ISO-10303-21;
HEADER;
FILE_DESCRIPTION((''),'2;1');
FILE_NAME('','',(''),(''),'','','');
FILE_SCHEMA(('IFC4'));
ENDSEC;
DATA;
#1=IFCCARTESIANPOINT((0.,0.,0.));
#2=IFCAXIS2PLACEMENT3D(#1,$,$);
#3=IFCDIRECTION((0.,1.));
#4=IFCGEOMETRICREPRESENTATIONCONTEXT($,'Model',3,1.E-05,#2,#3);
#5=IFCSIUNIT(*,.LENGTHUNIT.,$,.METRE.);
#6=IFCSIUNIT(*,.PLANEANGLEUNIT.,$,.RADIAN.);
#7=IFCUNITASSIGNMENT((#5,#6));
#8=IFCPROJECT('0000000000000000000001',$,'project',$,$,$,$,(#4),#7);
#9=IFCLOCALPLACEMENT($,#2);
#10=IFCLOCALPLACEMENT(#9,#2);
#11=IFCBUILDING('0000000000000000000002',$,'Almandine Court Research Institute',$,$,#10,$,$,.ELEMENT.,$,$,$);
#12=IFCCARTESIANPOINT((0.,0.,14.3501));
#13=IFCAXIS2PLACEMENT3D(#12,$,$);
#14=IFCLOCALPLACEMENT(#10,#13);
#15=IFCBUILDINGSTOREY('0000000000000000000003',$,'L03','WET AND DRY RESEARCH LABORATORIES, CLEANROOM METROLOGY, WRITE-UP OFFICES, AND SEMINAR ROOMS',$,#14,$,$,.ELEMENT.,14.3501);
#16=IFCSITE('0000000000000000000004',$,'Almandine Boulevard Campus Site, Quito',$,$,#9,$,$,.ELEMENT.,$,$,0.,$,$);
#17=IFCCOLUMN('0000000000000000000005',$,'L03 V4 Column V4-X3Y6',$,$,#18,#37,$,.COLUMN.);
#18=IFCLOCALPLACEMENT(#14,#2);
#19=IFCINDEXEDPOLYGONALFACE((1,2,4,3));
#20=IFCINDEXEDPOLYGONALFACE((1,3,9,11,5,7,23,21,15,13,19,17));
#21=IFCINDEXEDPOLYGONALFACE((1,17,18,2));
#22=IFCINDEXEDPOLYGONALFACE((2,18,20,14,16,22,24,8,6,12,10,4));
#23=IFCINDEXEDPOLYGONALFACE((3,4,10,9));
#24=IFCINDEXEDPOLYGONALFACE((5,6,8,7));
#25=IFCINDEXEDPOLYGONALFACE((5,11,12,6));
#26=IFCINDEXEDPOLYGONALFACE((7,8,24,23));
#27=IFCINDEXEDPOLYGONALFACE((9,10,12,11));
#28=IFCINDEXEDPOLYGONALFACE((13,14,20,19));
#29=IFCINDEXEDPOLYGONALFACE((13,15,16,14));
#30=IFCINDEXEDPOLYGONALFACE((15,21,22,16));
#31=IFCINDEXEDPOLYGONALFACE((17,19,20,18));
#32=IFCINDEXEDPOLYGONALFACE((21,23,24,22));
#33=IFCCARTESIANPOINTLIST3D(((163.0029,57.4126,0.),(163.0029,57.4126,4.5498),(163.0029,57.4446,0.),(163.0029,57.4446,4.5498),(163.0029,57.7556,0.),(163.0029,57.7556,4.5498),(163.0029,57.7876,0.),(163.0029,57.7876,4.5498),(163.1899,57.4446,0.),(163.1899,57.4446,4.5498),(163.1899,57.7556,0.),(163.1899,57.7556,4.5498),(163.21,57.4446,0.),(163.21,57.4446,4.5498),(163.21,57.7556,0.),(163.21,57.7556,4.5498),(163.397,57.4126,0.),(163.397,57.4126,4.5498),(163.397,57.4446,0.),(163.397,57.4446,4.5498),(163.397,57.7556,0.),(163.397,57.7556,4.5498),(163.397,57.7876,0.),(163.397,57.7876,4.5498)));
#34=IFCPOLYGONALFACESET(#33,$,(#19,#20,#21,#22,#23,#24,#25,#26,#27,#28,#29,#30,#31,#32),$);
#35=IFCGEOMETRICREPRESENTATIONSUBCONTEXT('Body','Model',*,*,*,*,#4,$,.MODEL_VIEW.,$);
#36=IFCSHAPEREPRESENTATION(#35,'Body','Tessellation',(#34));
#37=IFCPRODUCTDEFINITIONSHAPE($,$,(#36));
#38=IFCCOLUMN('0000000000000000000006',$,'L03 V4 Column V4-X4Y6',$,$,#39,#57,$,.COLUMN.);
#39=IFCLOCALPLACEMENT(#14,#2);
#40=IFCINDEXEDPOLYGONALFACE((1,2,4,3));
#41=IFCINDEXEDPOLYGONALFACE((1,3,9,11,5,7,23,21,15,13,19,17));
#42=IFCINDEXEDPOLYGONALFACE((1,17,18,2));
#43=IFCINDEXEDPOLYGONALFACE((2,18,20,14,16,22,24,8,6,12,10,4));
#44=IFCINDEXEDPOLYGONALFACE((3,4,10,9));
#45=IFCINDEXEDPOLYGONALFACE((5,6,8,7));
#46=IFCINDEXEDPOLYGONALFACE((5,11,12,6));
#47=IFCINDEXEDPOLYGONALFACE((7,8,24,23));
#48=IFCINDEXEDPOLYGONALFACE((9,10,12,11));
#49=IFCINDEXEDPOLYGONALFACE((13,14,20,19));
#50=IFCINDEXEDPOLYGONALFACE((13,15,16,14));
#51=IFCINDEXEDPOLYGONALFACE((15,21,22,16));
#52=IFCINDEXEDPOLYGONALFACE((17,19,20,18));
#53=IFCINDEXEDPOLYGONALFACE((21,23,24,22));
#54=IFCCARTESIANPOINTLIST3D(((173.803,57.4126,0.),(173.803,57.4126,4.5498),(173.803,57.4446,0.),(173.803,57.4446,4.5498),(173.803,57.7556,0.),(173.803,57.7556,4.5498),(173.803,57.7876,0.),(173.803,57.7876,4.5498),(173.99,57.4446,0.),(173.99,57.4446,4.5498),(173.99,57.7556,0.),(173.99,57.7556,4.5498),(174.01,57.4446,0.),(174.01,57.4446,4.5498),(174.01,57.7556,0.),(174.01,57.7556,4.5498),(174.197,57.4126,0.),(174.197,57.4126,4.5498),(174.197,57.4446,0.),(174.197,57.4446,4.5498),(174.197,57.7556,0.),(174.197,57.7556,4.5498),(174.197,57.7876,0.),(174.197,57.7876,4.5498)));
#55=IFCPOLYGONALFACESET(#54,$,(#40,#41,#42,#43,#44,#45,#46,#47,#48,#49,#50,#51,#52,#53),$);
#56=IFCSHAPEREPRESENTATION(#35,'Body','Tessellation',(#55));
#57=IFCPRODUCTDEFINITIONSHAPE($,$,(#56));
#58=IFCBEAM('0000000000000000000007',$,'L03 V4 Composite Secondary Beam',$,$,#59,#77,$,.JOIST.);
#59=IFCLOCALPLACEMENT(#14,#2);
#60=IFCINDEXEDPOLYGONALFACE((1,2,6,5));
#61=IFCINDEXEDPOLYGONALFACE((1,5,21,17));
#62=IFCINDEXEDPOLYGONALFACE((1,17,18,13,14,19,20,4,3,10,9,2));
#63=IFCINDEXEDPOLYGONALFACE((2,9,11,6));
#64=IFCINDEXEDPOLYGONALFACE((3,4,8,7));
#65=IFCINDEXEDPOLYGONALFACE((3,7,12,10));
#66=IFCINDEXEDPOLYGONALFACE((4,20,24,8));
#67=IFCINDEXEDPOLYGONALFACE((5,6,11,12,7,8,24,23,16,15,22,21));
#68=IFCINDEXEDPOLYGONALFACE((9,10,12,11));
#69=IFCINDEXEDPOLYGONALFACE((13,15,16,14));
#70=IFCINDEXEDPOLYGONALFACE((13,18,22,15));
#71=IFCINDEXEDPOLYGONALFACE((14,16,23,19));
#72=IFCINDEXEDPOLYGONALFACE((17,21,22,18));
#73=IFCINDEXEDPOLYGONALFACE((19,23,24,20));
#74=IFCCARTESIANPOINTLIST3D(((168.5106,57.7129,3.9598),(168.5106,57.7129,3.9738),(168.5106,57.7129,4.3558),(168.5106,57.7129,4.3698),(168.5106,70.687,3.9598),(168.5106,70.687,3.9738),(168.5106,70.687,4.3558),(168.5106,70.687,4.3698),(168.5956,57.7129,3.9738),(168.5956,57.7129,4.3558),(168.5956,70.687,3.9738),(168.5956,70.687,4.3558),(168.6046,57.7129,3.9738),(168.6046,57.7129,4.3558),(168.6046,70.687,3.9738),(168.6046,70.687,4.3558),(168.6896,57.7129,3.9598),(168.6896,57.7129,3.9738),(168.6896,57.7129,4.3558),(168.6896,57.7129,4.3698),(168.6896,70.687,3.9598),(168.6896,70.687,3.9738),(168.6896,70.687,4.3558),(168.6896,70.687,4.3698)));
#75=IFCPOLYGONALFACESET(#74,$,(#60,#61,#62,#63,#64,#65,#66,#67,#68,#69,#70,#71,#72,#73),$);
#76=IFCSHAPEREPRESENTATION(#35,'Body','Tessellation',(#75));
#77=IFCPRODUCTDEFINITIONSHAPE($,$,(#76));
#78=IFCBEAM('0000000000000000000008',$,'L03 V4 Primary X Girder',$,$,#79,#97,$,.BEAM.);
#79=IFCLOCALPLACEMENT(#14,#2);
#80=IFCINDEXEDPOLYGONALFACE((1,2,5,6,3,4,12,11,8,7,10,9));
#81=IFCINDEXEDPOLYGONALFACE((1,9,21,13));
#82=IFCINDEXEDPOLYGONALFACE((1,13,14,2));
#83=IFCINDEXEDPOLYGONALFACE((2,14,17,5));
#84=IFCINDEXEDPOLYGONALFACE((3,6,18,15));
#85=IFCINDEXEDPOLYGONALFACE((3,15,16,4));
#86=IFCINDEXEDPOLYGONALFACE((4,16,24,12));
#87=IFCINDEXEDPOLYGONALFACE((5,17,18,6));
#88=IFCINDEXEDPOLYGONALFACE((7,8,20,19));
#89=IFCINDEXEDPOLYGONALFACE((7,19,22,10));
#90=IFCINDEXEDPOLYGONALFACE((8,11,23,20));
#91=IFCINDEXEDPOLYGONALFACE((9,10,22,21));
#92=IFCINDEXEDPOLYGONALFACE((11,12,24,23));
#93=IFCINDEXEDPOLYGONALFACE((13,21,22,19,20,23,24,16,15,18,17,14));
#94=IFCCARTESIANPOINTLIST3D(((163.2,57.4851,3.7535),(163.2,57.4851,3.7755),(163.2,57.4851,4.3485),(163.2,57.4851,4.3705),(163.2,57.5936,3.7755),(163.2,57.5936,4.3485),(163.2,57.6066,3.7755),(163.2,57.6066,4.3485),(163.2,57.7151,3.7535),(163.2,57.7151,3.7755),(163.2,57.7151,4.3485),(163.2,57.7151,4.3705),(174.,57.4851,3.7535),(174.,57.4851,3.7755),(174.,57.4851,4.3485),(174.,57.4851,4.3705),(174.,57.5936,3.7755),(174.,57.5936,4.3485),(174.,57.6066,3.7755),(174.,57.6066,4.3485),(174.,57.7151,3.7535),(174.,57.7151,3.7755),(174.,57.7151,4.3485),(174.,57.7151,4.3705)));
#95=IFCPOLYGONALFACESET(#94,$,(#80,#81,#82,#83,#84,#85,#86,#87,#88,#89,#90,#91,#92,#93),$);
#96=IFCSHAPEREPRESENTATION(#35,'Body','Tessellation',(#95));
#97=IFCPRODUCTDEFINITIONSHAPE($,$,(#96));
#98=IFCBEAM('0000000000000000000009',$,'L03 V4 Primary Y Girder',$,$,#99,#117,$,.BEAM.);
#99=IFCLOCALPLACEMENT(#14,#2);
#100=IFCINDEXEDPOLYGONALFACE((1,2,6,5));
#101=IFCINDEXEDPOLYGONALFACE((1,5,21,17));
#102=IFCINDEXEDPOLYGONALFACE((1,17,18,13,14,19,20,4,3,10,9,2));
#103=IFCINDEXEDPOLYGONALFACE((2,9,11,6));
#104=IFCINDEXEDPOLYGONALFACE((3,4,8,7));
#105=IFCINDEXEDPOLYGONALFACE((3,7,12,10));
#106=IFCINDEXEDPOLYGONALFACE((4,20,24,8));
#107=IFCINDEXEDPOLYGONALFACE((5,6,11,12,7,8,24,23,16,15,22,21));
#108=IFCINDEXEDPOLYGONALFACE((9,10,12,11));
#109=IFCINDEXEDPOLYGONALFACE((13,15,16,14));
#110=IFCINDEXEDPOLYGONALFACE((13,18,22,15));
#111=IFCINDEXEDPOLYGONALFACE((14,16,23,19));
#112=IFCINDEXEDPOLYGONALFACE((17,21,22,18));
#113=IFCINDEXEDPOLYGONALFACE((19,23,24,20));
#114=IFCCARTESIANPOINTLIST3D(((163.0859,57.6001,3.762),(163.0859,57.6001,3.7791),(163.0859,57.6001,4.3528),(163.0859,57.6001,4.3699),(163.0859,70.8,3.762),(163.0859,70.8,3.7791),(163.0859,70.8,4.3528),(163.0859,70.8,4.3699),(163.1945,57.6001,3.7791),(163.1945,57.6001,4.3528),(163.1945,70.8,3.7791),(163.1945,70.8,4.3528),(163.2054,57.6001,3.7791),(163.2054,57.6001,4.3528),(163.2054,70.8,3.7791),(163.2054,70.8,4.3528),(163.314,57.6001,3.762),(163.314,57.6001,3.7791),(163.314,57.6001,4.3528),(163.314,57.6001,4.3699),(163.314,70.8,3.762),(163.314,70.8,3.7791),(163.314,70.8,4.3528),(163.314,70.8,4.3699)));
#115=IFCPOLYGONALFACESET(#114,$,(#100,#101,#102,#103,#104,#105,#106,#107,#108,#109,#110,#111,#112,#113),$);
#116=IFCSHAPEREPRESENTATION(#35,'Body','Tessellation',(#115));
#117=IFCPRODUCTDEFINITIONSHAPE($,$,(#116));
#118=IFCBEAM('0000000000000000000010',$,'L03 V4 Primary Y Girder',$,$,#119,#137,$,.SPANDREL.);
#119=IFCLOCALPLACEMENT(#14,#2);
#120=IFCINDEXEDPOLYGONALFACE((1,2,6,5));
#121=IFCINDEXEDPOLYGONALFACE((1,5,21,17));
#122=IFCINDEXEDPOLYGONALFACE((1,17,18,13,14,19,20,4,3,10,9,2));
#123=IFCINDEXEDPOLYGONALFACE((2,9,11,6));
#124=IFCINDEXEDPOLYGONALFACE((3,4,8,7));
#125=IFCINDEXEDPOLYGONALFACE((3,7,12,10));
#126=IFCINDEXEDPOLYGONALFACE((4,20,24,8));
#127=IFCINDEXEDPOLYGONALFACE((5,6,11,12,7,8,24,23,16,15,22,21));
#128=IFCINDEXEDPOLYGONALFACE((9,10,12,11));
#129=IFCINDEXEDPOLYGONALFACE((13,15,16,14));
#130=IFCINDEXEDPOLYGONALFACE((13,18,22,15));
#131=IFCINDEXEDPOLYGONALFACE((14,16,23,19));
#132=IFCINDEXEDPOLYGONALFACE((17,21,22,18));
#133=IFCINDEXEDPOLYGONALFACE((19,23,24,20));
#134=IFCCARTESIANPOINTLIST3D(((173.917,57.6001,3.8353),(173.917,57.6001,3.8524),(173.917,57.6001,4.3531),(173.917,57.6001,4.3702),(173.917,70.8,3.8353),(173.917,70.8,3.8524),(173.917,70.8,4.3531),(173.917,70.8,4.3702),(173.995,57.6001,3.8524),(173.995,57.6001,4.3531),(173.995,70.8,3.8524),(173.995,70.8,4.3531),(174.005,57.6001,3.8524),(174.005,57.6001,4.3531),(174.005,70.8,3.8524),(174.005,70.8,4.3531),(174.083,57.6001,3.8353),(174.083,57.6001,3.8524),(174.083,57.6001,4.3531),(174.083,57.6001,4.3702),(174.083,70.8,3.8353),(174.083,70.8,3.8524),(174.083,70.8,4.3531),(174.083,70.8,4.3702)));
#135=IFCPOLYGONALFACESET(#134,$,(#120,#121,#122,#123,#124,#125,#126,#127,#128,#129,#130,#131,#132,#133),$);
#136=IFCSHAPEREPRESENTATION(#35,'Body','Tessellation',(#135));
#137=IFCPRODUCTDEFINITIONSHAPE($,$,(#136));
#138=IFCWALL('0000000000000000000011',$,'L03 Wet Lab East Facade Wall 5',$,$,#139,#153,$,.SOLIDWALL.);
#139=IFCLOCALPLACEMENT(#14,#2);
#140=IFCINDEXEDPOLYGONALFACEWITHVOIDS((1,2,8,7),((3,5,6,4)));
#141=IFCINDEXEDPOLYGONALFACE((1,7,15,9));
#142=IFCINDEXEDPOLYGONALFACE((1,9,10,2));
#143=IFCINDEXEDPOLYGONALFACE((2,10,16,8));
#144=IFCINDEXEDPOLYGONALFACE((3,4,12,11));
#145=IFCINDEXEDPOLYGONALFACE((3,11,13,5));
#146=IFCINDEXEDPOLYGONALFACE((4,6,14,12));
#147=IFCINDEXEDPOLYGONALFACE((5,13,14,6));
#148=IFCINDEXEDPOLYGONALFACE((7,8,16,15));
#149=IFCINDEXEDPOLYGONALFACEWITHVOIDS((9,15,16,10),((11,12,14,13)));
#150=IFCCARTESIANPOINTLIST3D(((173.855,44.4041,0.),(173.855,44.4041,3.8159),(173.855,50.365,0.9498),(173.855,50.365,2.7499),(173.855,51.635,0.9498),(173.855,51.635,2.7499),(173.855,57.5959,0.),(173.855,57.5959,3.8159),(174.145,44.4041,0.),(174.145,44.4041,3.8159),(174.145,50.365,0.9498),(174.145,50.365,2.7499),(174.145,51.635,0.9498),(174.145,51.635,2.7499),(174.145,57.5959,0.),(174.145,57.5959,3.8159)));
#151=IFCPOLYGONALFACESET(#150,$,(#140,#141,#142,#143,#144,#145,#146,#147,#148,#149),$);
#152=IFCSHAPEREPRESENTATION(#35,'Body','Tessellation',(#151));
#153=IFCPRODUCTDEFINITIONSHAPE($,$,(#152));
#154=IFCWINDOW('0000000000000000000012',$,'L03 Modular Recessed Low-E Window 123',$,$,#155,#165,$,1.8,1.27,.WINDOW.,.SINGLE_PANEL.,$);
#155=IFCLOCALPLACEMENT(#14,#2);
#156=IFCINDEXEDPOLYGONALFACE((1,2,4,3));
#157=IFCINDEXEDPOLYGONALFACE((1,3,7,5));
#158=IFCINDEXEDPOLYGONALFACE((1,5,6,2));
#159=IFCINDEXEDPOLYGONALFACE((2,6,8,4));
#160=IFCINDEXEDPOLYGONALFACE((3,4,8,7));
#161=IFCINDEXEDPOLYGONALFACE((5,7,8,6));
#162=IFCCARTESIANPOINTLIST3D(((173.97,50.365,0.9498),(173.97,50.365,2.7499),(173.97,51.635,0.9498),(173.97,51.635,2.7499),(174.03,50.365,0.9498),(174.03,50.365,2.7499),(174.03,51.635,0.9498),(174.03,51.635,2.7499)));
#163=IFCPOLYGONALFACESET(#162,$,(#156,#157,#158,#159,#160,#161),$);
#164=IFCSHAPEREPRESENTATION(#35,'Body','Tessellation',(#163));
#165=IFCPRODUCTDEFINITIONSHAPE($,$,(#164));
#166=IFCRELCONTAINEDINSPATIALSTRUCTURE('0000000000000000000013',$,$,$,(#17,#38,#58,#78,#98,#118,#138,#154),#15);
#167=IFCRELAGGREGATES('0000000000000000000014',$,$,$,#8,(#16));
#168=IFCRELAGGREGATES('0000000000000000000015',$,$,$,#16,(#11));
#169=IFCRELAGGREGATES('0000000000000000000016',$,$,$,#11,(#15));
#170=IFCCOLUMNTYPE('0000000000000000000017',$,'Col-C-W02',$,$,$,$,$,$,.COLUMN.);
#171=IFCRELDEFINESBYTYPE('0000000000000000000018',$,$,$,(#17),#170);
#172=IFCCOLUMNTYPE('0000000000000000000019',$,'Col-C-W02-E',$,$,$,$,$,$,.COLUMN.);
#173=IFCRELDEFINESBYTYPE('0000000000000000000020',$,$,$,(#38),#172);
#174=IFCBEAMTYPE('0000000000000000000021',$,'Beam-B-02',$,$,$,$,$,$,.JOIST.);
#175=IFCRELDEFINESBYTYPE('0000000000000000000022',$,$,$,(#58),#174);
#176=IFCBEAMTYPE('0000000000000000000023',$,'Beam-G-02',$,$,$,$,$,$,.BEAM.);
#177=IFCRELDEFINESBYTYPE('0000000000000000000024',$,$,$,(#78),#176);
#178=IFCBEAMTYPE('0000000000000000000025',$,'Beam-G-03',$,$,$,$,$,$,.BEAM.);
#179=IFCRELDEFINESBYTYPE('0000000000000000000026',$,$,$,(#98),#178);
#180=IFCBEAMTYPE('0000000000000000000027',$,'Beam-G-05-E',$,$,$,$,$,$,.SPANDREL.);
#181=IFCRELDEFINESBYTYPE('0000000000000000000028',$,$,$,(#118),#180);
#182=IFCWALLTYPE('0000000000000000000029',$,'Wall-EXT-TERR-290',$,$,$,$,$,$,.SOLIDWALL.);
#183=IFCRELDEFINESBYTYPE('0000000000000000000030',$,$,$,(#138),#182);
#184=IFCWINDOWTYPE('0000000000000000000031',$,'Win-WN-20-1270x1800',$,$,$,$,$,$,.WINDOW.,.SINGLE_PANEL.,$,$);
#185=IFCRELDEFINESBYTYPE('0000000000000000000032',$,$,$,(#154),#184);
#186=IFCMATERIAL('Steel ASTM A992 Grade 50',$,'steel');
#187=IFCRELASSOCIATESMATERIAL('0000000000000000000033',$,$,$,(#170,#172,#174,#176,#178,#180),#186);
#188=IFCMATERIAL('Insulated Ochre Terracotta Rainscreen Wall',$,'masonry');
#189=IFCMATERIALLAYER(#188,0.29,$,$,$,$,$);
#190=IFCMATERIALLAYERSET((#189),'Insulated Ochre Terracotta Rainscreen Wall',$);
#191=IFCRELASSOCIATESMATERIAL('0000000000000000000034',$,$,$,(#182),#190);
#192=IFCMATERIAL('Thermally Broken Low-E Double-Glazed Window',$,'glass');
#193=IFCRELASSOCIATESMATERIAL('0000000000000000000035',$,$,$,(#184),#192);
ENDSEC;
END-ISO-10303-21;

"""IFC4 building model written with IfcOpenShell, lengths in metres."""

from ifc_helpers import new_model, si_unit, direction, frame, frame_2d, origin, origin_2d, place, context, subcontext, project, spatial, rectangle, i_section, extrude, material, layer, layer_set, material_profile, profile_set, type_object, element, fill, save


model = new_model("IFC4")

# Units and contexts
model_context = context("Model", 3, precision=1e-05, world=origin(), true_north=direction((0.0, 1.0)))
body_context = subcontext(model_context, "Body", "Model", "MODEL_VIEW")
ifc_project = project(units=[si_unit("LENGTHUNIT", "METRE"), si_unit("PLANEANGLEUNIT", "RADIAN")], contexts=[model_context])

# Site, building, storey
site_placement = place(None, origin())
site = spatial("IfcSite", under=ifc_project, at=site_placement, Name="Almandine Boulevard Campus Site, Quito", CompositionType="ELEMENT", RefElevation=0.0)
building_placement = place(site_placement, origin())
building = spatial("IfcBuilding", under=site, at=building_placement, Name="Almandine Court Research Institute", CompositionType="ELEMENT")
storey_placement = place(building_placement, frame((0.0, 0.0, 14.3501)))
storey = spatial("IfcBuildingStorey", under=building, at=storey_placement, Name="L03", Description="WET AND DRY RESEARCH LABORATORIES, CLEANROOM METROLOGY, WRITE-UP OFFICES, AND SEMINAR ROOMS", CompositionType="ELEMENT", Elevation=14.3501)

# Columns
ifc_material_1 = material(Name="Steel ASTM A992 Grade 50", Category="steel")
ifc_material_profile_1 = material_profile(ifc_material_1, i_section(OverallWidth=0.394, OverallDepth=0.375, WebThickness=0.02, FlangeThickness=0.032, at=origin_2d()), Name="W360x216")
ifc_profile_set_1 = profile_set([ifc_material_profile_1], Name="Steel ASTM A992 Grade 50")
column_type_1 = type_object("IfcColumnType", Name="Col-C-W02", PredefinedType="COLUMN", material=ifc_profile_set_1)
column_1_placement = place(storey_placement, frame((163.2, 57.6001, 0.0), z_axis=(0.0, 0.0, 1.0), x_axis=(1.0, 0.0, 0.0)))
element("IfcColumn", 1, at=column_1_placement, inside=storey, type_object=column_type_1, Name="L03 V4 Column V4-X3Y6", PredefinedType="COLUMN", context=body_context, shape_type="SweptSolid", body=[
    extrude(i_section(OverallWidth=0.394, OverallDepth=0.375, WebThickness=0.02, FlangeThickness=0.032, at=origin_2d()), origin(), (0.0, 0.0, 1.0), 4.5498),
])
ifc_material_profile_2 = material_profile(ifc_material_1, i_section(OverallWidth=0.394, OverallDepth=0.375, WebThickness=0.02, FlangeThickness=0.032, at=origin_2d()), Name="W360x216")
ifc_profile_set_2 = profile_set([ifc_material_profile_2], Name="Steel ASTM A992 Grade 50")
column_type_2 = type_object("IfcColumnType", Name="Col-C-W02-E", PredefinedType="COLUMN", material=ifc_profile_set_2)
column_2_placement = place(storey_placement, frame((174.0, 57.6001, 0.0), z_axis=(0.0, 0.0, 1.0), x_axis=(1.0, 0.0, 0.0)))
element("IfcColumn", 2, at=column_2_placement, inside=storey, type_object=column_type_2, Name="L03 V4 Column V4-X4Y6", PredefinedType="COLUMN", context=body_context, shape_type="SweptSolid", body=[
    extrude(i_section(OverallWidth=0.394, OverallDepth=0.375, WebThickness=0.02, FlangeThickness=0.032, at=origin_2d()), origin(), (0.0, 0.0, 1.0), 4.5498),
])

# Beams
ifc_material_profile_3 = material_profile(ifc_material_1, i_section(OverallWidth=0.179, OverallDepth=0.4099, WebThickness=0.009, FlangeThickness=0.0139, at=origin_2d()), Name="W410x67")
ifc_profile_set_3 = profile_set([ifc_material_profile_3], Name="Steel ASTM A992 Grade 50")
beam_type_1 = type_object("IfcBeamType", Name="Beam-B-02", PredefinedType="JOIST", material=ifc_profile_set_3)
beam_1_placement = place(storey_placement, frame((168.6001, 57.7129, 4.1648), z_axis=(0.0, 1.0, 0.0), x_axis=(-1.0, 0.0, 0.0)))
element("IfcBeam", 3, at=beam_1_placement, inside=storey, type_object=beam_type_1, Name="L03 V4 Composite Secondary Beam", PredefinedType="JOIST", context=body_context, shape_type="SweptSolid", body=[
    extrude(i_section(OverallWidth=0.179, OverallDepth=0.4099, WebThickness=0.009, FlangeThickness=0.0139, at=origin_2d()), origin(), (0.0, 0.0, 1.0), 12.9741),
])
ifc_material_profile_4 = material_profile(ifc_material_1, i_section(OverallWidth=0.23, OverallDepth=0.6169, WebThickness=0.0129, FlangeThickness=0.022, at=origin_2d()), Name="W610x140")
ifc_profile_set_4 = profile_set([ifc_material_profile_4], Name="Steel ASTM A992 Grade 50")
beam_type_2 = type_object("IfcBeamType", Name="Beam-G-02", PredefinedType="BEAM", material=ifc_profile_set_4)
beam_2_placement = place(storey_placement, frame((163.2, 57.6001, 4.062), z_axis=(1.0, 0.0, 0.0), x_axis=(0.0, 1.0, 0.0)))
element("IfcBeam", 4, at=beam_2_placement, inside=storey, type_object=beam_type_2, Name="L03 V4 Primary X Girder", PredefinedType="BEAM", context=body_context, shape_type="SweptSolid", body=[
    extrude(i_section(OverallWidth=0.23, OverallDepth=0.6169, WebThickness=0.0129, FlangeThickness=0.022, at=origin_2d()), origin(), (0.0, 0.0, 1.0), 10.8),
])
ifc_material_profile_5 = material_profile(ifc_material_1, i_section(OverallWidth=0.228, OverallDepth=0.6079, WebThickness=0.011, FlangeThickness=0.0171, at=origin_2d()), Name="W610x113")
ifc_profile_set_5 = profile_set([ifc_material_profile_5], Name="Steel ASTM A992 Grade 50")
beam_type_3 = type_object("IfcBeamType", Name="Beam-G-03", PredefinedType="BEAM", material=ifc_profile_set_5)
beam_3_placement = place(storey_placement, frame((163.2, 57.6001, 4.0659), z_axis=(0.0, 1.0, 0.0), x_axis=(-1.0, 0.0, 0.0)))
element("IfcBeam", 5, at=beam_3_placement, inside=storey, type_object=beam_type_3, Name="L03 V4 Primary Y Girder", PredefinedType="BEAM", context=body_context, shape_type="SweptSolid", body=[
    extrude(i_section(OverallWidth=0.228, OverallDepth=0.6079, WebThickness=0.011, FlangeThickness=0.0171, at=origin_2d()), origin(), (0.0, 0.0, 1.0), 13.2),
])
ifc_material_profile_6 = material_profile(ifc_material_1, i_section(OverallWidth=0.166, OverallDepth=0.5349, WebThickness=0.01, FlangeThickness=0.0171, at=origin_2d()), Name="W530x85")
ifc_profile_set_6 = profile_set([ifc_material_profile_6], Name="Steel ASTM A992 Grade 50")
beam_type_4 = type_object("IfcBeamType", Name="Beam-G-05-E", PredefinedType="SPANDREL", material=ifc_profile_set_6)
beam_4_placement = place(storey_placement, frame((174.0, 57.6001, 4.1028), z_axis=(0.0, 1.0, 0.0), x_axis=(-1.0, 0.0, 0.0)))
element("IfcBeam", 6, at=beam_4_placement, inside=storey, type_object=beam_type_4, Name="L03 V4 Primary Y Girder", PredefinedType="SPANDREL", context=body_context, shape_type="SweptSolid", body=[
    extrude(i_section(OverallWidth=0.166, OverallDepth=0.5349, WebThickness=0.01, FlangeThickness=0.0171, at=origin_2d()), origin(), (0.0, 0.0, 1.0), 13.2),
])

# Wall, opening, window
ifc_material_2 = material(Name="Insulated Ochre Terracotta Rainscreen Wall", Category="masonry")
ifc_layer_1 = layer(ifc_material_2, 0.29)
ifc_layer_set_1 = layer_set([ifc_layer_1], Name="Insulated Ochre Terracotta Rainscreen Wall")
wall_type_1 = type_object("IfcWallType", Name="Wall-EXT-TERR-290", PredefinedType="SOLIDWALL", material=ifc_layer_set_1)
wall_1_placement = place(storey_placement, frame((174.0, 57.5959, 0.0), z_axis=(0.0, 0.0, 1.0), x_axis=(0.0, -1.0, 0.0)))
wall_1 = element("IfcWall", 7, at=wall_1_placement, inside=storey, type_object=wall_type_1, Name="L03 Wet Lab East Facade Wall 5", PredefinedType="SOLIDWALL", context=body_context, shape_type="SweptSolid", body=[
    extrude(rectangle(XDim=13.1919, YDim=0.29, at=frame_2d((6.5959, 0.0))), origin(), (0.0, 0.0, 1.0), 3.8159),
])
opening_1_placement = place(wall_1_placement, frame((5.9609, 0.0, 0.95)))
opening_1 = element("IfcOpeningElement", 8, at=opening_1_placement, cuts=wall_1, PredefinedType="OPENING", context=body_context, shape_type="SweptSolid", body=[
    extrude(rectangle(XDim=1.27, YDim=1.8, at=frame_2d((0.635, 0.8999))), frame((0.0, 0.155, 0.0), z_axis=(0.0, -1.0, 0.0), x_axis=(1.0, 0.0, 0.0)), (0.0, 0.0, 1.0), 0.3101),
])
ifc_material_3 = material(Name="Thermally Broken Low-E Double-Glazed Window", Category="glass")
window_type = type_object("IfcWindowType", Name="Win-WN-20-1270x1800", PartitioningType="SINGLE_PANEL", PredefinedType="WINDOW", material=ifc_material_3)
window_placement = place(opening_1_placement, origin())
window = element("IfcWindow", 9, at=window_placement, inside=storey, type_object=window_type, Name="L03 Modular Recessed Low-E Window 123", OverallHeight=1.8, OverallWidth=1.27, PartitioningType="SINGLE_PANEL", PredefinedType="WINDOW", context=body_context, shape_type="SweptSolid", body=[
    extrude(rectangle(XDim=1.27, YDim=1.8, at=frame_2d((0.635, 0.8999))), frame((0.0, 0.03, 0.0), z_axis=(0.0, -1.0, 0.0), x_axis=(1.0, 0.0, 0.0)), (0.0, 0.0, 1.0), 0.0601),
])
fill(opening_1, window)

save(model, "model.ifc")
